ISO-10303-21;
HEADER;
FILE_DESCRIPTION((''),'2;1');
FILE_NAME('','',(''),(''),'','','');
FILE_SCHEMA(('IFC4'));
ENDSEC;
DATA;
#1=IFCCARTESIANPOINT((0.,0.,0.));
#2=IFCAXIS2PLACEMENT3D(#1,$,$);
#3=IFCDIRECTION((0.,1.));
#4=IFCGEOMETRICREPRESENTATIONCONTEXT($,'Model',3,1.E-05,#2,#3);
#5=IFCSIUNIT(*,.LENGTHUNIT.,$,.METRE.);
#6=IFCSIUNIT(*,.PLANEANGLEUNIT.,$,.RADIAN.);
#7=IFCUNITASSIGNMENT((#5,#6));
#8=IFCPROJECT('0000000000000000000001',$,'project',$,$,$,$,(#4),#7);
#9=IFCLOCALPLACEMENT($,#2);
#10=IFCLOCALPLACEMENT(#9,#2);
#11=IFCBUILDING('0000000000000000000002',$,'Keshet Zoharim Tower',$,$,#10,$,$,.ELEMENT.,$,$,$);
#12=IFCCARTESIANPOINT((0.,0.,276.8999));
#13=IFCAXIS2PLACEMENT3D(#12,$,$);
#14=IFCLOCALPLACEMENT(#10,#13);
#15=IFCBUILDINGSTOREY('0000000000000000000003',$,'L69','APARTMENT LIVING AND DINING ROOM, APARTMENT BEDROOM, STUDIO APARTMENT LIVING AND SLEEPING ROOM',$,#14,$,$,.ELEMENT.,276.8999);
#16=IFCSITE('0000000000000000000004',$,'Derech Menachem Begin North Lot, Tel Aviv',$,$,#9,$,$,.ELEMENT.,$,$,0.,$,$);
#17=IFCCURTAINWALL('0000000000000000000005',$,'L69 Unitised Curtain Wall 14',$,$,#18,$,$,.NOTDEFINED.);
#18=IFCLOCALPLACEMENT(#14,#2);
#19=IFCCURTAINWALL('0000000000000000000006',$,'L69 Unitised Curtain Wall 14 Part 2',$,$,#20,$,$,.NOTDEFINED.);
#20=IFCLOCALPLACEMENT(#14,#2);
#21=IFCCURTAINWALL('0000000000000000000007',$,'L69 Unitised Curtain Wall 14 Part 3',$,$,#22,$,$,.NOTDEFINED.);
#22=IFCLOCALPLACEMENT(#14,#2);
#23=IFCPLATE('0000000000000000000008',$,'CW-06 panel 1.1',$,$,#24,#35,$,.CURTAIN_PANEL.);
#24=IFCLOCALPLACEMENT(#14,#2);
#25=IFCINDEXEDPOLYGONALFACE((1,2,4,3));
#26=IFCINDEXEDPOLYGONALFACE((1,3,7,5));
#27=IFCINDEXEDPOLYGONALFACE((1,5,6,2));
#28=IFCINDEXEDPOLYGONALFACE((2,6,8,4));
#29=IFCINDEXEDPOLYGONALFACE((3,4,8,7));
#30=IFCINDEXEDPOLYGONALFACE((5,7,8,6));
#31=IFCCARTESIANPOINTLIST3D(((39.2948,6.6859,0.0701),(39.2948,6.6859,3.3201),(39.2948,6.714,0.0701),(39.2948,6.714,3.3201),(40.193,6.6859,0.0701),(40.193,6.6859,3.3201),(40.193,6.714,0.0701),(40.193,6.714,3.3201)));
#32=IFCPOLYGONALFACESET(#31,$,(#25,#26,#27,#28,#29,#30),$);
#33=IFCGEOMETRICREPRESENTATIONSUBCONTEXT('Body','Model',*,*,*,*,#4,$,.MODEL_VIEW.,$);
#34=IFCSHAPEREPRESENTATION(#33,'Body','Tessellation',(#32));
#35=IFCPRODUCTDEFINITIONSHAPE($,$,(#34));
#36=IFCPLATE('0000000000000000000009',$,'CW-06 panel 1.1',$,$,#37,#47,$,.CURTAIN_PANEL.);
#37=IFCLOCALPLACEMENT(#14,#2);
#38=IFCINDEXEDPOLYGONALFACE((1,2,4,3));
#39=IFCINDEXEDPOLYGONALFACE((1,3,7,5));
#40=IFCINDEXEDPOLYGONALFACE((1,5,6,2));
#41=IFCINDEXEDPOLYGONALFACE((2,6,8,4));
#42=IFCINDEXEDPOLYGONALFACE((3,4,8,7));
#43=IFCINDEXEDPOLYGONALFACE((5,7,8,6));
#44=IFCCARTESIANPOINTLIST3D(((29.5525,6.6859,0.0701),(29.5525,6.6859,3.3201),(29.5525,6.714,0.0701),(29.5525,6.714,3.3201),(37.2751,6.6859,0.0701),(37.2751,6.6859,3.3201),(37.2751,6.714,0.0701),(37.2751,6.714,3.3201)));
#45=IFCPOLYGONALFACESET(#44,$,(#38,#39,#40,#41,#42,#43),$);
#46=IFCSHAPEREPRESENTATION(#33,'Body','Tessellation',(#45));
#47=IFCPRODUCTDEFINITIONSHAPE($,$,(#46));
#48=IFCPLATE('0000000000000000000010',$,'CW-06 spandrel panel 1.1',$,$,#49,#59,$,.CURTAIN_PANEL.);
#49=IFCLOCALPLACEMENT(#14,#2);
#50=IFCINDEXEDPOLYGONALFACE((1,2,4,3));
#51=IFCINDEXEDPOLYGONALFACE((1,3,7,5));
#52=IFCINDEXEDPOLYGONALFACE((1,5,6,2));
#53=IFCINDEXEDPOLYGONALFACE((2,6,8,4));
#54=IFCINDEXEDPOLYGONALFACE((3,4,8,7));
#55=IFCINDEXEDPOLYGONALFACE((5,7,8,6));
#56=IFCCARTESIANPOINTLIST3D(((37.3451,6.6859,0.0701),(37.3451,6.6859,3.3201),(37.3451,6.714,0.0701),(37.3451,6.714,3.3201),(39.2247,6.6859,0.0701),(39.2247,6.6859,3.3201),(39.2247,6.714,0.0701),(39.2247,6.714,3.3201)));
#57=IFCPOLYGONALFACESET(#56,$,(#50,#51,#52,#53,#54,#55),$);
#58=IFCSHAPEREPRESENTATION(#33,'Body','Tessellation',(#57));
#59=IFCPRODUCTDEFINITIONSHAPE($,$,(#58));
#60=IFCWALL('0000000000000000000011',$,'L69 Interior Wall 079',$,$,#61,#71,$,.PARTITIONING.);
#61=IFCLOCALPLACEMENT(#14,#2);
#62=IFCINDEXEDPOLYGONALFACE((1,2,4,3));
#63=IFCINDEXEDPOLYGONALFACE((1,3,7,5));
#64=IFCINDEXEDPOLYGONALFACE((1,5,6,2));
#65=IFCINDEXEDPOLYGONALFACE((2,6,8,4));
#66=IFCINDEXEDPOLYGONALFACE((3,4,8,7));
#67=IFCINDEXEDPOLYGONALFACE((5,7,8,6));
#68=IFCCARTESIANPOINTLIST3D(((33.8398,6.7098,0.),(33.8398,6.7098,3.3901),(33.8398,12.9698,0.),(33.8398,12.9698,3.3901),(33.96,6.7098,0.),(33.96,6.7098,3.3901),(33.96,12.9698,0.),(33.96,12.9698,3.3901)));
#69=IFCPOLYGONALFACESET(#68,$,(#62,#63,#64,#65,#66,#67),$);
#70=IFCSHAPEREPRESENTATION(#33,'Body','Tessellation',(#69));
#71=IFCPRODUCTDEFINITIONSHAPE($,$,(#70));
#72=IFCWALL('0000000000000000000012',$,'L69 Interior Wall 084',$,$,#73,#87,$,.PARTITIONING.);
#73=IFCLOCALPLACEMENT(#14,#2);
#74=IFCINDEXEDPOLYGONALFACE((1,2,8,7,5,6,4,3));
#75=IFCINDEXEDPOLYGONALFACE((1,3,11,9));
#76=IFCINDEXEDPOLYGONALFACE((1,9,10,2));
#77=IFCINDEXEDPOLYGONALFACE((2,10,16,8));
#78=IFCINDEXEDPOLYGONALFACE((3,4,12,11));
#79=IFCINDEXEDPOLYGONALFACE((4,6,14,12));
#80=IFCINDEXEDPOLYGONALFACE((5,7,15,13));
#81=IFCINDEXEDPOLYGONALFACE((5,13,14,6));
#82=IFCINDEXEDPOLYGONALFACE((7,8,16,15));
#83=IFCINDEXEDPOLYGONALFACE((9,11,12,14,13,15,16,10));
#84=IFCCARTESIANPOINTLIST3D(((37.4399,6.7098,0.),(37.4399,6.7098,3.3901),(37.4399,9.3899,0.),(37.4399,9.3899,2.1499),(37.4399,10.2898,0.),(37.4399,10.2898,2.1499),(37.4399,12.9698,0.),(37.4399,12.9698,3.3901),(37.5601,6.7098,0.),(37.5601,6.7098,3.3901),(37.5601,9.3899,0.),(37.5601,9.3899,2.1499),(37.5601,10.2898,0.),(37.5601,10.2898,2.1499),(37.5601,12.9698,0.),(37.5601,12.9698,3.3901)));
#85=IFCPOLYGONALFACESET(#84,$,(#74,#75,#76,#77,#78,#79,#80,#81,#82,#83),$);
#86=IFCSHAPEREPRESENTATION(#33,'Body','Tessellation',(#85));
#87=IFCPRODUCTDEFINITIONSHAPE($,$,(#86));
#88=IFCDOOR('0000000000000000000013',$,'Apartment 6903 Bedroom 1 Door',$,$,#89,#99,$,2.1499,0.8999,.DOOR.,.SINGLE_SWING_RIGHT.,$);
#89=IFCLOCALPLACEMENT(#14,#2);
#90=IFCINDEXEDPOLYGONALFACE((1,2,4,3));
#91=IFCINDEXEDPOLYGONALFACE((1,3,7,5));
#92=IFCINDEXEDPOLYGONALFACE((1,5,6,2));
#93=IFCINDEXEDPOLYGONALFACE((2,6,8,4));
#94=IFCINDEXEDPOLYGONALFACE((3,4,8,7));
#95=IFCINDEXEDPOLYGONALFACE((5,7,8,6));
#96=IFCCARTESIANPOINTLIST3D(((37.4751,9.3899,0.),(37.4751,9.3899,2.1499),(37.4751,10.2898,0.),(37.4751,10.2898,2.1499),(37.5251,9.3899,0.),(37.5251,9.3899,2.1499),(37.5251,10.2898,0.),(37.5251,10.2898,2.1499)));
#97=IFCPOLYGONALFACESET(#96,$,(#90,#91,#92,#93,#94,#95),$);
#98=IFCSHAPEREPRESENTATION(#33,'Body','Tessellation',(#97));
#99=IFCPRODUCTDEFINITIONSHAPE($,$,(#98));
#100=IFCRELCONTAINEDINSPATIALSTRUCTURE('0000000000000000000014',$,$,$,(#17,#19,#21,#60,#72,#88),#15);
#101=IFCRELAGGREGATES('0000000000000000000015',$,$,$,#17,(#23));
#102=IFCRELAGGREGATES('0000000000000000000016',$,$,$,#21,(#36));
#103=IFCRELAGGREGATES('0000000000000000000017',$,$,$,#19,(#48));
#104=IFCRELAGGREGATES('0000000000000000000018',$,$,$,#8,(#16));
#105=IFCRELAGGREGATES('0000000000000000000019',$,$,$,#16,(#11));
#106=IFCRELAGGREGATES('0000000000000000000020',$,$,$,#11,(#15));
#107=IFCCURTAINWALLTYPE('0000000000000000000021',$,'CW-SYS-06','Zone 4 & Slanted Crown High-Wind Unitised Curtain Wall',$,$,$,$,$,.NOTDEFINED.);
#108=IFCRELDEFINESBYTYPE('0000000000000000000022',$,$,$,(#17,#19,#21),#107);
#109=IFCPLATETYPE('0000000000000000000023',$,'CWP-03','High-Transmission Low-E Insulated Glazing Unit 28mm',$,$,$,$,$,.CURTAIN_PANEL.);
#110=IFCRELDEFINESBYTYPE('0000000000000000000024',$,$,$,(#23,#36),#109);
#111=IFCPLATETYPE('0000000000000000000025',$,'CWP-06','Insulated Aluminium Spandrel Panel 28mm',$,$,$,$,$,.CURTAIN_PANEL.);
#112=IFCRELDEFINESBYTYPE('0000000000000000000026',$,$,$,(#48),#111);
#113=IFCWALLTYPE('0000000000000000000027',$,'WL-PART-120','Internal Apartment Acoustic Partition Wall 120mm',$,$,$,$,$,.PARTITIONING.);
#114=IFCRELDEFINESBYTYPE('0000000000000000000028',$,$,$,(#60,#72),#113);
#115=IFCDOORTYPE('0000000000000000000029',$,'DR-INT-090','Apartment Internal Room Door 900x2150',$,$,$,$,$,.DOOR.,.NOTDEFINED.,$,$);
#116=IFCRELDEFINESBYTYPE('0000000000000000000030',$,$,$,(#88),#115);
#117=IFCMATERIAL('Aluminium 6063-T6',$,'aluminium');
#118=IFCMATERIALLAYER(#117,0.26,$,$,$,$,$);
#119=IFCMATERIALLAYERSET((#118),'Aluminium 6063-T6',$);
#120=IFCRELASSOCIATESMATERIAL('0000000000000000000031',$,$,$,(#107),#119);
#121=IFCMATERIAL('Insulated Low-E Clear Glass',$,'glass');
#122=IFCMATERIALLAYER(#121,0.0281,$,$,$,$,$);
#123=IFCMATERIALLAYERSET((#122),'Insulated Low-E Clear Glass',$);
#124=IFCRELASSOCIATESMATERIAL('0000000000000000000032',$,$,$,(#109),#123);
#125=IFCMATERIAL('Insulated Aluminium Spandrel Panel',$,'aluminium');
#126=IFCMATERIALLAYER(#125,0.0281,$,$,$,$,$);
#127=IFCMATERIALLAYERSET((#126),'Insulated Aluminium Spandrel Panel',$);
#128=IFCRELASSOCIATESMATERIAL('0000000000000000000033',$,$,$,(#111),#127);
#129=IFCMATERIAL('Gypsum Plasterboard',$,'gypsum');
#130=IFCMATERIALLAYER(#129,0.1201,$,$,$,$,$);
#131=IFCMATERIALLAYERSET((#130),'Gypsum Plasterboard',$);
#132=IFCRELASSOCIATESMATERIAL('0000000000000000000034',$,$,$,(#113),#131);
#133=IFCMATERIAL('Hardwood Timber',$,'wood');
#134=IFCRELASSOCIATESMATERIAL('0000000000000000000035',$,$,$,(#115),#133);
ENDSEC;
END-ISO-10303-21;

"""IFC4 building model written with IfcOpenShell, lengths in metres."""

from ifc_helpers import new_model, si_unit, direction, frame, frame_2d, origin, origin_2d, place, context, subcontext, project, spatial, rectangle, extrude, material, layer, layer_set, type_object, element, fill, aggregate, save


model = new_model("IFC4")

# Units and contexts
model_context = context("Model", 3, precision=1e-05, world=origin(), true_north=direction((0.0, 1.0)))
body_context = subcontext(model_context, "Body", "Model", "MODEL_VIEW")
ifc_project = project(units=[si_unit("LENGTHUNIT", "METRE"), si_unit("PLANEANGLEUNIT", "RADIAN")], contexts=[model_context])

# Site, building, storey
site_placement = place(None, origin())
site = spatial("IfcSite", under=ifc_project, at=site_placement, Name="Derech Menachem Begin North Lot, Tel Aviv", CompositionType="ELEMENT", RefElevation=0.0)
building_placement = place(site_placement, origin())
building = spatial("IfcBuilding", under=site, at=building_placement, Name="Keshet Zoharim Tower", CompositionType="ELEMENT")
storey_placement = place(building_placement, frame((0.0, 0.0, 276.8999)))
storey = spatial("IfcBuildingStorey", under=building, at=storey_placement, Name="L69", Description="APARTMENT LIVING AND DINING ROOM, APARTMENT BEDROOM, STUDIO APARTMENT LIVING AND SLEEPING ROOM", CompositionType="ELEMENT", Elevation=276.8999)

# Shared definitions
ifc_material_1 = material(Name="Aluminium 6063-T6", Category="aluminium")
ifc_layer_1 = layer(ifc_material_1, 0.26)
ifc_layer_set_1 = layer_set([ifc_layer_1], Name="Aluminium 6063-T6")
curtain_wall_type = type_object("IfcCurtainWallType", Name="CW-SYS-06", Description="Zone 4 & Slanted Crown High-Wind Unitised Curtain Wall", PredefinedType="NOTDEFINED", material=ifc_layer_set_1)

# Curtain wall
curtain_wall_1_placement = place(storey_placement, origin())
curtain_wall_1 = element("IfcCurtainWall", 1, at=curtain_wall_1_placement, inside=storey, type_object=curtain_wall_type, Name="L69 Unitised Curtain Wall 14", PredefinedType="NOTDEFINED")

# Curtain wall
curtain_wall_2_placement = place(storey_placement, origin())
curtain_wall_2 = element("IfcCurtainWall", 2, at=curtain_wall_2_placement, inside=storey, type_object=curtain_wall_type, Name="L69 Unitised Curtain Wall 14 Part 2", PredefinedType="NOTDEFINED")

# Curtain wall
curtain_wall_3_placement = place(storey_placement, origin())
curtain_wall_3 = element("IfcCurtainWall", 3, at=curtain_wall_3_placement, inside=storey, type_object=curtain_wall_type, Name="L69 Unitised Curtain Wall 14 Part 3", PredefinedType="NOTDEFINED")

# Plates
ifc_material_2 = material(Name="Insulated Low-E Clear Glass", Category="glass")
ifc_layer_2 = layer(ifc_material_2, 0.0281)
ifc_layer_set_2 = layer_set([ifc_layer_2], Name="Insulated Low-E Clear Glass")
plate_type_1 = type_object("IfcPlateType", Name="CWP-03", Description="High-Transmission Low-E Insulated Glazing Unit 28mm", PredefinedType="CURTAIN_PANEL", material=ifc_layer_set_2)
plate_1_placement = place(storey_placement, frame((39.7439, 6.7, 0.0701), z_axis=(0.0, 0.0, 1.0), x_axis=(-1.0, 0.0, 0.0)))
plate_1 = element("IfcPlate", 4, at=plate_1_placement, type_object=plate_type_1, Name="CW-06 panel 1.1", PredefinedType="CURTAIN_PANEL", context=body_context, shape_type="SweptSolid", body=[
    extrude(rectangle(XDim=0.8982, YDim=0.0281, at=origin_2d()), origin(), (0.0, 0.0, 1.0), 3.25),
])
aggregate(curtain_wall_1, [plate_1])
plate_2_placement = place(storey_placement, frame((33.4138, 6.7, 0.0701), z_axis=(0.0, 0.0, 1.0), x_axis=(-1.0, 0.0, 0.0)))
plate_2 = element("IfcPlate", 5, at=plate_2_placement, type_object=plate_type_1, Name="CW-06 panel 1.1", PredefinedType="CURTAIN_PANEL", context=body_context, shape_type="SweptSolid", body=[
    extrude(rectangle(XDim=7.7227, YDim=0.0281, at=origin_2d()), origin(), (0.0, 0.0, 1.0), 3.25),
])
aggregate(curtain_wall_3, [plate_2])
ifc_material_3 = material(Name="Insulated Aluminium Spandrel Panel", Category="aluminium")
ifc_layer_3 = layer(ifc_material_3, 0.0281)
ifc_layer_set_3 = layer_set([ifc_layer_3], Name="Insulated Aluminium Spandrel Panel")
plate_type_2 = type_object("IfcPlateType", Name="CWP-06", Description="Insulated Aluminium Spandrel Panel 28mm", PredefinedType="CURTAIN_PANEL", material=ifc_layer_set_3)
plate_3_placement = place(storey_placement, frame((38.2849, 6.7, 0.0701), z_axis=(0.0, 0.0, 1.0), x_axis=(-1.0, 0.0, 0.0)))
plate_3 = element("IfcPlate", 6, at=plate_3_placement, type_object=plate_type_2, Name="CW-06 spandrel panel 1.1", PredefinedType="CURTAIN_PANEL", context=body_context, shape_type="SweptSolid", body=[
    extrude(rectangle(XDim=1.8796, YDim=0.0281, at=origin_2d()), origin(), (0.0, 0.0, 1.0), 3.25),
])
aggregate(curtain_wall_2, [plate_3])

# Wall
ifc_material_4 = material(Name="Gypsum Plasterboard", Category="gypsum")
ifc_layer_4 = layer(ifc_material_4, 0.1201)
ifc_layer_set_4 = layer_set([ifc_layer_4], Name="Gypsum Plasterboard")
wall_type = type_object("IfcWallType", Name="WL-PART-120", Description="Internal Apartment Acoustic Partition Wall 120mm", PredefinedType="PARTITIONING", material=ifc_layer_set_4)
wall_1_placement = place(storey_placement, frame((33.8999, 6.71, 0.0), z_axis=(0.0, 0.0, 1.0), x_axis=(0.0, 1.0, 0.0)))
element("IfcWall", 7, at=wall_1_placement, inside=storey, type_object=wall_type, Name="L69 Interior Wall 079", PredefinedType="PARTITIONING", context=body_context, shape_type="SweptSolid", body=[
    extrude(rectangle(XDim=6.26, YDim=0.1201, at=frame_2d((3.1299, 0.0))), origin(), (0.0, 0.0, 1.0), 3.3901),
])

# Wall, opening, door
wall_2_placement = place(storey_placement, frame((37.5, 6.71, 0.0), z_axis=(0.0, 0.0, 1.0), x_axis=(0.0, 1.0, 0.0)))
wall_2 = element("IfcWall", 8, at=wall_2_placement, inside=storey, type_object=wall_type, Name="L69 Interior Wall 084", PredefinedType="PARTITIONING", context=body_context, shape_type="SweptSolid", body=[
    extrude(rectangle(XDim=6.26, YDim=0.1201, at=frame_2d((3.1299, 0.0))), origin(), (0.0, 0.0, 1.0), 3.3901),
])
opening_placement = place(wall_2_placement, frame((2.6799, 0.0, 0.0)))
opening = element("IfcOpeningElement", 9, at=opening_placement, cuts=wall_2, PredefinedType="OPENING", context=body_context, shape_type="SweptSolid", body=[
    extrude(rectangle(XDim=0.8999, YDim=2.1499, at=frame_2d((0.45, 1.075))), frame((0.0, 0.0701, 0.0), z_axis=(0.0, -1.0, 0.0), x_axis=(1.0, 0.0, 0.0)), (0.0, 0.0, 1.0), 0.1401),
])
ifc_material_5 = material(Name="Hardwood Timber", Category="wood")
door_type = type_object("IfcDoorType", Name="DR-INT-090", Description="Apartment Internal Room Door 900x2150", OperationType="NOTDEFINED", PredefinedType="DOOR", material=ifc_material_5)
door_placement = place(opening_placement, origin())
door = element("IfcDoor", 10, at=door_placement, inside=storey, type_object=door_type, Name="Apartment 6903 Bedroom 1 Door", OperationType="SINGLE_SWING_RIGHT", OverallHeight=2.1499, OverallWidth=0.8999, PredefinedType="DOOR", context=body_context, shape_type="SweptSolid", body=[
    extrude(rectangle(XDim=0.8999, YDim=2.1499, at=frame_2d((0.45, 1.075))), frame((0.0, 0.0249, 0.0), z_axis=(0.0, -1.0, 0.0), x_axis=(1.0, 0.0, 0.0)), (0.0, 0.0, 1.0), 0.05),
])
fill(opening, door)

save(model, "model.ifc")
